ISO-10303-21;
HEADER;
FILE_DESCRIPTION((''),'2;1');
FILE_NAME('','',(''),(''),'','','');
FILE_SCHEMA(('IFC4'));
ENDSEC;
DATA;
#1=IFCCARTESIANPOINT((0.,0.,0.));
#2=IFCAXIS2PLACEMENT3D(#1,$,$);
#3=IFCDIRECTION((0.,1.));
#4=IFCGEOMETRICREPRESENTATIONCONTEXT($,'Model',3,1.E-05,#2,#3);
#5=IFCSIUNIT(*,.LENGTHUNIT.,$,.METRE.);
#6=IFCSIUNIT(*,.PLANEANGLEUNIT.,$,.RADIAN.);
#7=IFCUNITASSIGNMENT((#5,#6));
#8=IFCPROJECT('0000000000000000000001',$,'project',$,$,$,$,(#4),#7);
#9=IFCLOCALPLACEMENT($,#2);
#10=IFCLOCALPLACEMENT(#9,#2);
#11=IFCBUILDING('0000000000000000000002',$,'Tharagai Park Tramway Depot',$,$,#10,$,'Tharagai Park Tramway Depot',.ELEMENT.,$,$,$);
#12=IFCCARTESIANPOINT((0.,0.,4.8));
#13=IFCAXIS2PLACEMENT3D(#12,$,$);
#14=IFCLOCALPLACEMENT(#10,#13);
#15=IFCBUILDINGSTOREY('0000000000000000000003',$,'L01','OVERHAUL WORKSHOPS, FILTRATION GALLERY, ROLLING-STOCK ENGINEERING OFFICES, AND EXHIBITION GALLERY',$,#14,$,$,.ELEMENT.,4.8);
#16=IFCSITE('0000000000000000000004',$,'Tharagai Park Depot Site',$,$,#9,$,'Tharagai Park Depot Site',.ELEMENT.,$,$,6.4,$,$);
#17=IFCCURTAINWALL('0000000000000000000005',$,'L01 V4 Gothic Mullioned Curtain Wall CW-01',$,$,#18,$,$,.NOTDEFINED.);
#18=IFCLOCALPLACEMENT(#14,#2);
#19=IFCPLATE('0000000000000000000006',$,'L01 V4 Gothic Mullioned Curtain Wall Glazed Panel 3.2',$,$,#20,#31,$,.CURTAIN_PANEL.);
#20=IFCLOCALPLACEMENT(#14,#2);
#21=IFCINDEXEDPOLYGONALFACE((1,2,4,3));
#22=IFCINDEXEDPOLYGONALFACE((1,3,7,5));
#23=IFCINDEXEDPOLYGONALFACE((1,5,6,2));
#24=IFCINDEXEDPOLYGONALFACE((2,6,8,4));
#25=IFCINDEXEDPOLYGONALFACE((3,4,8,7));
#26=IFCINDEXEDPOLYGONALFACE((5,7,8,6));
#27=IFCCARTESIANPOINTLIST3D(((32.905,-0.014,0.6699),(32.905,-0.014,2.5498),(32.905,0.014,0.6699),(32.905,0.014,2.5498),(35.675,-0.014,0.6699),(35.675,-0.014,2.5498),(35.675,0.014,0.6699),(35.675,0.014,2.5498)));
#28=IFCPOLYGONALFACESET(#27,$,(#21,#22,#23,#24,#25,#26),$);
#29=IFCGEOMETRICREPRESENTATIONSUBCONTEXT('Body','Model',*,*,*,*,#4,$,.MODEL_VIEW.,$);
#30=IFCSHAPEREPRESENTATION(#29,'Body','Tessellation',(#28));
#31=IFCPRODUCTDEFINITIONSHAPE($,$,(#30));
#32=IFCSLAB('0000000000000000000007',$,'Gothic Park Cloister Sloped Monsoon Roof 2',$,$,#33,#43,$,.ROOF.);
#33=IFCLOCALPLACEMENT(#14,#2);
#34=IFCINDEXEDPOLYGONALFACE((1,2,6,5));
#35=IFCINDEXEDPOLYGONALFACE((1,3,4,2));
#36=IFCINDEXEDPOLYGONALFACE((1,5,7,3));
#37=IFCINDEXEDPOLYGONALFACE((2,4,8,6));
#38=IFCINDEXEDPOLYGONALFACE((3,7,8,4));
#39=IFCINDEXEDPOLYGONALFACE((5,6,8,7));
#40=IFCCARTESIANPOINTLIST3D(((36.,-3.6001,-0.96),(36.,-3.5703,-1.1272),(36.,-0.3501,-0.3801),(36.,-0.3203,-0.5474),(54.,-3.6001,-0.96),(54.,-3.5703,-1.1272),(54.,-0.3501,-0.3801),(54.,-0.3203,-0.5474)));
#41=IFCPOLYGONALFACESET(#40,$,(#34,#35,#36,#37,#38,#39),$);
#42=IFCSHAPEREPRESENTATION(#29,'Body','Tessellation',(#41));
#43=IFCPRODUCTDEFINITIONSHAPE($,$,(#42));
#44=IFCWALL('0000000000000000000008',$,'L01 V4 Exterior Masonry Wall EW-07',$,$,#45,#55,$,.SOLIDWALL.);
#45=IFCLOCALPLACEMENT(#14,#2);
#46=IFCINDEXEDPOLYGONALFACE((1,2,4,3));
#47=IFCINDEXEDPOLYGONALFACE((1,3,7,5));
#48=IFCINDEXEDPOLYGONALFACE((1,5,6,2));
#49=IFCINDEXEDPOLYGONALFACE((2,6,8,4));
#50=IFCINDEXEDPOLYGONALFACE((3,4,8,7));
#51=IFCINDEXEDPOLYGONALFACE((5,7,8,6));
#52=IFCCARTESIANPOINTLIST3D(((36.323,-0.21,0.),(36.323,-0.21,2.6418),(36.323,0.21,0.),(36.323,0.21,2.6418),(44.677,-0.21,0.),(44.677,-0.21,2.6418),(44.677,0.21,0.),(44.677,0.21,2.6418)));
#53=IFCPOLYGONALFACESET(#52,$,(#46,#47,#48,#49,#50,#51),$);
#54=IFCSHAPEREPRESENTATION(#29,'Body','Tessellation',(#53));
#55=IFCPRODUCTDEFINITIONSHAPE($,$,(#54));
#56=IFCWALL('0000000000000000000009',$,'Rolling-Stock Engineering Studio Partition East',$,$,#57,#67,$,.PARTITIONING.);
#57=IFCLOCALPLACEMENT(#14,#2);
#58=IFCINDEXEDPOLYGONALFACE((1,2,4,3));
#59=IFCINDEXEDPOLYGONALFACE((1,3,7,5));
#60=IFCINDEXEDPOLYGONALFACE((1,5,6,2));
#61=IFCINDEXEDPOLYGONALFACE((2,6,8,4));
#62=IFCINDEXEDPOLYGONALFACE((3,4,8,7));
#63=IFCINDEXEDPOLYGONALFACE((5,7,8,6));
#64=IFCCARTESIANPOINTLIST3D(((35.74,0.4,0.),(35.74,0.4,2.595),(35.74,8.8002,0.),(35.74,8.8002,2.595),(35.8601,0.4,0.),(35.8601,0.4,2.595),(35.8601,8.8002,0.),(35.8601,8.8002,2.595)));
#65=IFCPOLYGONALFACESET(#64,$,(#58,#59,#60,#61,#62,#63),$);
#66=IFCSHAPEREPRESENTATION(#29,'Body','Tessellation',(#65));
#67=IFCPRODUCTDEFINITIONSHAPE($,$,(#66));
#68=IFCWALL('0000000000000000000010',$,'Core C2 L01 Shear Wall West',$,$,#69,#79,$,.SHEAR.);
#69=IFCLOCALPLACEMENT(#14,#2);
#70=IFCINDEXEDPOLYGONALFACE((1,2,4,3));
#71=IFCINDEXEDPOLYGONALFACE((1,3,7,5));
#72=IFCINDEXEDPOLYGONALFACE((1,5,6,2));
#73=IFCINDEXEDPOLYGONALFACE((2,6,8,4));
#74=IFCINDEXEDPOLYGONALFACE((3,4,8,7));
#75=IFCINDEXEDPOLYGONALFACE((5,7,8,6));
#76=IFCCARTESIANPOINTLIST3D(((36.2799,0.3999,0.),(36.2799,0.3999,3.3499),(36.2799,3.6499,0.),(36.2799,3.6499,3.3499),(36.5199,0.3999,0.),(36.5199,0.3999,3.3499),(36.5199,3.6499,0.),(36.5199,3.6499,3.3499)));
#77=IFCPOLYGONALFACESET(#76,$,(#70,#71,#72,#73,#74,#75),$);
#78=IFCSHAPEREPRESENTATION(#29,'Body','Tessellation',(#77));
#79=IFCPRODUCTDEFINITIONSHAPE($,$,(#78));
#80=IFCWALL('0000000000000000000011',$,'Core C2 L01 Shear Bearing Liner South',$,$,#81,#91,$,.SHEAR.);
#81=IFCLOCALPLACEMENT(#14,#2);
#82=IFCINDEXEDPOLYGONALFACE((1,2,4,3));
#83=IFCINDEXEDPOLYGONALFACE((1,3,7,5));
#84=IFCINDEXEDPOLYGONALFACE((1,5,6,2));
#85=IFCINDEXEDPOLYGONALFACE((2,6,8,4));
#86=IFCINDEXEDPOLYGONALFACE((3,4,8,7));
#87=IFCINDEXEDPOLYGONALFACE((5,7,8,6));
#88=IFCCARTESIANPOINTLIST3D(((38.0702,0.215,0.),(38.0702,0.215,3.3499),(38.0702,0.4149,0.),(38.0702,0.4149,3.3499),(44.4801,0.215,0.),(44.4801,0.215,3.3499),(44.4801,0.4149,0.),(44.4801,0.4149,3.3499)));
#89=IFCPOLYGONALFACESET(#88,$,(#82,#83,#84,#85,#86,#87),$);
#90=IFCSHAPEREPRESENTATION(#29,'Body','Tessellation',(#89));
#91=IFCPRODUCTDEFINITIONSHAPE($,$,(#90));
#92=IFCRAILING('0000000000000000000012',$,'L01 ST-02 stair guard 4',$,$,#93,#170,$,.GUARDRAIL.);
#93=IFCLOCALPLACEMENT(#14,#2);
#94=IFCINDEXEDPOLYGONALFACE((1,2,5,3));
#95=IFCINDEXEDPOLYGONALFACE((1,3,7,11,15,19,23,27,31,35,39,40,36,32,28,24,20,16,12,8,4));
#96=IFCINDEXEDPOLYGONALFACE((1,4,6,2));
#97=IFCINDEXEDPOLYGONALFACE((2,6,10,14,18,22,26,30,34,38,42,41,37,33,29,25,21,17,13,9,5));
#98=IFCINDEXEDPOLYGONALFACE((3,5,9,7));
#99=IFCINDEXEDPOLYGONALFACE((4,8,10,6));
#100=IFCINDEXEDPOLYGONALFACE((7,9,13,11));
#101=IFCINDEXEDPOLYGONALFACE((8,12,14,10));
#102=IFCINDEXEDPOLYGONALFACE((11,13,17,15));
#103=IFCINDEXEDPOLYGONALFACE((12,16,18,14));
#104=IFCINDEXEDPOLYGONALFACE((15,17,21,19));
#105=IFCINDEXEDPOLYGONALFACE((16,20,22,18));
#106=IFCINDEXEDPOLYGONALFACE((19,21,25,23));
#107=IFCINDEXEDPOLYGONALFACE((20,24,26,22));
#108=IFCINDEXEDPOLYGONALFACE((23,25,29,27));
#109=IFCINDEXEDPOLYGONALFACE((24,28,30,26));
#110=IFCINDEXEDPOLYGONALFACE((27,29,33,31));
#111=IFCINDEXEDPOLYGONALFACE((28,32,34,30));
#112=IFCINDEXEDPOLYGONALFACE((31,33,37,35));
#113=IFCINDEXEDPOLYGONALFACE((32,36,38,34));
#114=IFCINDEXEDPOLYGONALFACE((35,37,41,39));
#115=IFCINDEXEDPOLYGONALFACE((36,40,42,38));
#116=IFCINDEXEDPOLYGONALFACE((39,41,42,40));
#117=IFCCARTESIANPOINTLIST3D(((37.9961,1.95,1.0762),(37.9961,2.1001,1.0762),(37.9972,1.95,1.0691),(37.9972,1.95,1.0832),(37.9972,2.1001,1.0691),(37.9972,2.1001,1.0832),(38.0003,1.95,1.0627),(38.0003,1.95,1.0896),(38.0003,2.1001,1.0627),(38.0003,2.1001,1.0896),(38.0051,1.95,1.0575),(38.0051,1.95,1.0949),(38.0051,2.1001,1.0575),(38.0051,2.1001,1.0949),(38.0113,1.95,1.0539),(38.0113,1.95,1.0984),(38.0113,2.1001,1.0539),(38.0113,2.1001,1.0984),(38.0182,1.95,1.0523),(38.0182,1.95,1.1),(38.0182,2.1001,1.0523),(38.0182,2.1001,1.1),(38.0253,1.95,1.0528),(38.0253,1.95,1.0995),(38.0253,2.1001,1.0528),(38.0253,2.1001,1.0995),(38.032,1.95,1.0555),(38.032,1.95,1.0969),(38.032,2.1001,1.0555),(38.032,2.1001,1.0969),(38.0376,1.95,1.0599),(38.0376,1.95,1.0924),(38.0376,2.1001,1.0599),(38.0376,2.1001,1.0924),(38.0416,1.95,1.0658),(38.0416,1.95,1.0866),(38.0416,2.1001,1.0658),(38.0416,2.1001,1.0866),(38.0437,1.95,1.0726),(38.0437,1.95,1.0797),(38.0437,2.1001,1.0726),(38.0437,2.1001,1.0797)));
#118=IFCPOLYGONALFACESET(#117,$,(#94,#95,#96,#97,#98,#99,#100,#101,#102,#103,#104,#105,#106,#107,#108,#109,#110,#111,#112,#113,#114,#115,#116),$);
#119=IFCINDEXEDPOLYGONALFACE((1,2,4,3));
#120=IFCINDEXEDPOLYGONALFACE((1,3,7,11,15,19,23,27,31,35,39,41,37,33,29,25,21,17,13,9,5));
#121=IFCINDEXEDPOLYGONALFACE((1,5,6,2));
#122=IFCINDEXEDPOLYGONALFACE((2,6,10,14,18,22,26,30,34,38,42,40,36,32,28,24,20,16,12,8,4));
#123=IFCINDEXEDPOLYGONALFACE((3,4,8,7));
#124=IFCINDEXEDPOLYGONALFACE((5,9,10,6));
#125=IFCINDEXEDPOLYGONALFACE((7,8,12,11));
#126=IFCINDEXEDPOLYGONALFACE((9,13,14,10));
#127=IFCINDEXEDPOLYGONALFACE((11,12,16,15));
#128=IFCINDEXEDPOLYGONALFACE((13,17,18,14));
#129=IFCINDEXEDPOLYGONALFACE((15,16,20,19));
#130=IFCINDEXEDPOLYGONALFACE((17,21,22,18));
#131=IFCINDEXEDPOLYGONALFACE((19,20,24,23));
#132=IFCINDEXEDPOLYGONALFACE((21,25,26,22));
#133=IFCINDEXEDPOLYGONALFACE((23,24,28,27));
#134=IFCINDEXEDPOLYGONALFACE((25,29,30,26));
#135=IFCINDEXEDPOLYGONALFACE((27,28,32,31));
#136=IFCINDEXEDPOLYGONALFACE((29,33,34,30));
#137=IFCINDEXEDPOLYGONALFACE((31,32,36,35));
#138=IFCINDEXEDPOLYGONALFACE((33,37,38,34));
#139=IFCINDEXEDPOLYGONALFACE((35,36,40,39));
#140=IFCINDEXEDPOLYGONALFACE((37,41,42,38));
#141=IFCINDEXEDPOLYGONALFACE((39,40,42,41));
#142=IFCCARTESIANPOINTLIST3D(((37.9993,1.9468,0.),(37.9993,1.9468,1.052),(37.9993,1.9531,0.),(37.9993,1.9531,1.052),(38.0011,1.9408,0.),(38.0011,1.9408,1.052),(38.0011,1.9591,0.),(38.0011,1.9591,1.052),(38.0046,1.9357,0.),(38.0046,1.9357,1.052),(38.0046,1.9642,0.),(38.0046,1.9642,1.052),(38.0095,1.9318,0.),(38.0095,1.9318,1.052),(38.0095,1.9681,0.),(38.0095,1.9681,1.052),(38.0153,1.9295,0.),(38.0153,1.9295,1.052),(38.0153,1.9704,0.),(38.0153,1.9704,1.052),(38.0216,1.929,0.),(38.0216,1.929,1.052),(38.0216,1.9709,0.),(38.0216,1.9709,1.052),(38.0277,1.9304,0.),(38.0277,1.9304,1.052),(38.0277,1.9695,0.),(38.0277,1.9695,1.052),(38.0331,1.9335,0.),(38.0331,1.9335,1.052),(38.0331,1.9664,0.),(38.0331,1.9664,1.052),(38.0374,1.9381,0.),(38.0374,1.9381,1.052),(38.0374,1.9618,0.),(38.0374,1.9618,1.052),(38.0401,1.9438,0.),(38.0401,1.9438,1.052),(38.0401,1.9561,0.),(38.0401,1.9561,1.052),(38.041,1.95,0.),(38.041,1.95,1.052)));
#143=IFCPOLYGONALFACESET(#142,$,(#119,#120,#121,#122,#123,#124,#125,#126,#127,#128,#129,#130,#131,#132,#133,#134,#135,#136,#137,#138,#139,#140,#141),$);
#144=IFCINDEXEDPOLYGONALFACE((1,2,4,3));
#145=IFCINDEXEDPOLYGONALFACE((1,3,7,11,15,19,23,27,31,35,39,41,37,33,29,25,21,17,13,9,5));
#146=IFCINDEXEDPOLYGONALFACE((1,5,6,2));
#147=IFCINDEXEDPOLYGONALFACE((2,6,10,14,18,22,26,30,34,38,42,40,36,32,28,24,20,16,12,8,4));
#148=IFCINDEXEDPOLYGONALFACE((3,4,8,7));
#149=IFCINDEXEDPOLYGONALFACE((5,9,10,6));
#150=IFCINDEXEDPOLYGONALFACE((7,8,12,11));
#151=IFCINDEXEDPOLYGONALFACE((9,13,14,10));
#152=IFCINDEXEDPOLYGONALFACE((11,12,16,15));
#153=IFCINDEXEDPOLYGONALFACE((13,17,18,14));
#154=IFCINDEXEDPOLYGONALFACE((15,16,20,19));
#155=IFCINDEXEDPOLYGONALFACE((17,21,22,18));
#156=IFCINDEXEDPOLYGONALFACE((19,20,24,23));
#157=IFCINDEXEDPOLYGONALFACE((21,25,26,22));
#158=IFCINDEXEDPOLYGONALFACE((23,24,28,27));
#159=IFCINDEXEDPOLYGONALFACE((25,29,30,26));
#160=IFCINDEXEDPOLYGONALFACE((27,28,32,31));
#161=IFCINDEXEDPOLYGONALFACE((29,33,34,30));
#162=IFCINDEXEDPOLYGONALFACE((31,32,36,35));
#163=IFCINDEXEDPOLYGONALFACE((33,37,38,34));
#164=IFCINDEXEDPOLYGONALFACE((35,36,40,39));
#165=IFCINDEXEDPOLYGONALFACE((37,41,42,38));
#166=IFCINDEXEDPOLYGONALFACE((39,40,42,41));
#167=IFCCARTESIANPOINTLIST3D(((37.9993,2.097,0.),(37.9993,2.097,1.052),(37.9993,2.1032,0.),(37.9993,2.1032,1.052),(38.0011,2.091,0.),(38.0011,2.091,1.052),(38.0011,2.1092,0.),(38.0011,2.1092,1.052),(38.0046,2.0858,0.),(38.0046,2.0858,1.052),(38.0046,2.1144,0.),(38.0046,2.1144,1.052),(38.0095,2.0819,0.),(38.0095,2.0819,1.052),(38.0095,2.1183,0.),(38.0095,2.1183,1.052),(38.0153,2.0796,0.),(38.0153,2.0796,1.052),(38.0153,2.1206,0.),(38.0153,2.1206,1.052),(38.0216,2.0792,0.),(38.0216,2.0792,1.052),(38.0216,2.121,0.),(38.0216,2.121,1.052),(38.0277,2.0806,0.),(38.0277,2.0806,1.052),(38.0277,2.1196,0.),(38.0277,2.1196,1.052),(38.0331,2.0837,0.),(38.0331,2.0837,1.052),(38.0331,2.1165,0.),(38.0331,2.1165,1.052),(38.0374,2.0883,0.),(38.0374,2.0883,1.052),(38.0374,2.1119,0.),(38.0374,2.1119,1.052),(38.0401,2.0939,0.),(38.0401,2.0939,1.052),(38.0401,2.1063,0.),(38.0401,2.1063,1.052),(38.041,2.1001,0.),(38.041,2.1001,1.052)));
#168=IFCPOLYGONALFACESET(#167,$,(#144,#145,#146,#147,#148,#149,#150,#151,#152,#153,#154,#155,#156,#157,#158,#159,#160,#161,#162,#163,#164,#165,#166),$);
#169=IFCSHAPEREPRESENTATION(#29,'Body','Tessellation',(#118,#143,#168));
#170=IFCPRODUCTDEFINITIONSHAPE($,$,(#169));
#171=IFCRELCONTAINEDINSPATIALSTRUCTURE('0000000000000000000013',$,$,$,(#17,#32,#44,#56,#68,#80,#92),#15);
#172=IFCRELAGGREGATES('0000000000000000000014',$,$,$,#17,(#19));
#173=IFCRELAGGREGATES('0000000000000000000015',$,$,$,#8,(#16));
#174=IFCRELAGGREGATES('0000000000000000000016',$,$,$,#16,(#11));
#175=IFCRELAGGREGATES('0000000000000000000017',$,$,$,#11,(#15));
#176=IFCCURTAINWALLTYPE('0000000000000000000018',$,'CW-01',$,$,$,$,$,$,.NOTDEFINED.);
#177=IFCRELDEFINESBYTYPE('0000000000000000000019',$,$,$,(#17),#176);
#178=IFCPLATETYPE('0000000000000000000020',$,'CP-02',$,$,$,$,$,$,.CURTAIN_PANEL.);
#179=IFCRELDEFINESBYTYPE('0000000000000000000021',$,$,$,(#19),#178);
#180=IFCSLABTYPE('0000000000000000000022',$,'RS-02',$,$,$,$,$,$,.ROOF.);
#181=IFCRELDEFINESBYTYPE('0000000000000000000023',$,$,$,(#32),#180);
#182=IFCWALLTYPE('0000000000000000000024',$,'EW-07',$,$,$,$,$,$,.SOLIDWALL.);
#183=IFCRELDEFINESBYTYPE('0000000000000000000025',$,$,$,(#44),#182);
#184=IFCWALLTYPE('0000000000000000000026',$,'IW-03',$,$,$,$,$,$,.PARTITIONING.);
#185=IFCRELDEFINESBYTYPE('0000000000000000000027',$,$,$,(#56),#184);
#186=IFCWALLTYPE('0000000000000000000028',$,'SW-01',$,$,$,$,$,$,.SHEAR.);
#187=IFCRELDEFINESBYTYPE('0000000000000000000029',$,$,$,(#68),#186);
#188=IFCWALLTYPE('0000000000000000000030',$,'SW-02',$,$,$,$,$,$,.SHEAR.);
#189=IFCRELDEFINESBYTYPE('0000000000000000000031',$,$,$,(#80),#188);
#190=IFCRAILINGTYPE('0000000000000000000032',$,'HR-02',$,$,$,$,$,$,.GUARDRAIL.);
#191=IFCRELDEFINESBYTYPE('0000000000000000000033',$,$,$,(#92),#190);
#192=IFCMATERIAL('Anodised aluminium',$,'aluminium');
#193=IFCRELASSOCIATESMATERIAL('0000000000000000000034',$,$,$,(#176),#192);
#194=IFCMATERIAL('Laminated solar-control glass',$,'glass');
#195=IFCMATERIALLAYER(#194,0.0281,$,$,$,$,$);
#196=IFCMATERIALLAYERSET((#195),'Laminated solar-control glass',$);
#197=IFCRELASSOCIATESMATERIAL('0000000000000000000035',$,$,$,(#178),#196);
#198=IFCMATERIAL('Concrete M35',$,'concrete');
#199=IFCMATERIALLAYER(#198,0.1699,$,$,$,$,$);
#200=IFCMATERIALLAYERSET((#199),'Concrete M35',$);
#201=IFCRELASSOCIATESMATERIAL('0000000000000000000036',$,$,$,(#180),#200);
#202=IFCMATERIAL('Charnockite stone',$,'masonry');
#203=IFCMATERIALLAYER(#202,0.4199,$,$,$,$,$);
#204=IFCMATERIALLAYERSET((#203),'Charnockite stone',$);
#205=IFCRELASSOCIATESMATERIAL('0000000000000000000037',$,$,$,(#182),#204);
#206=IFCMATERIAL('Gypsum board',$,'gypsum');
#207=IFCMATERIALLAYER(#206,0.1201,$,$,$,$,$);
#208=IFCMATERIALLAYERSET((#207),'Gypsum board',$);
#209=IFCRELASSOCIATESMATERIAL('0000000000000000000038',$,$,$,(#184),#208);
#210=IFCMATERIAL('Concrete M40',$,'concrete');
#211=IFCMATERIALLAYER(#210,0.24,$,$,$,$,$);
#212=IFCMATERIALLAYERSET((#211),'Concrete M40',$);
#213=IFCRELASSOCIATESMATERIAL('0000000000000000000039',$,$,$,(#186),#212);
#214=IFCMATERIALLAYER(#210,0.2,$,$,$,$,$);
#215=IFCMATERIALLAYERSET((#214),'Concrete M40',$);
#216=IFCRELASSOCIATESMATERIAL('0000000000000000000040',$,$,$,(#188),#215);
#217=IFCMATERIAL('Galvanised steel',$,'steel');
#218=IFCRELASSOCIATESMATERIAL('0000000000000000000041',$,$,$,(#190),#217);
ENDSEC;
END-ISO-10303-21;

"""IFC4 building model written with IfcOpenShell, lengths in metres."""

from ifc_helpers import new_model, si_unit, direction, frame, frame_2d, origin, origin_2d, place, context, subcontext, project, spatial, polyline, rectangle, circle, outline, extrude, material, layer, layer_set, type_object, element, aggregate, save


model = new_model("IFC4")

# Units and contexts
model_context = context("Model", 3, precision=1e-05, world=origin(), true_north=direction((0.0, 1.0)))
body_context = subcontext(model_context, "Body", "Model", "MODEL_VIEW")
ifc_project = project(units=[si_unit("LENGTHUNIT", "METRE"), si_unit("PLANEANGLEUNIT", "RADIAN")], contexts=[model_context])

# Site, building, storey
site_placement = place(None, origin())
site = spatial("IfcSite", under=ifc_project, at=site_placement, Name="Tharagai Park Depot Site", LongName="Tharagai Park Depot Site", CompositionType="ELEMENT", RefElevation=6.4)
building_placement = place(site_placement, origin())
building = spatial("IfcBuilding", under=site, at=building_placement, Name="Tharagai Park Tramway Depot", LongName="Tharagai Park Tramway Depot", CompositionType="ELEMENT")
storey_placement = place(building_placement, frame((0.0, 0.0, 4.8)))
storey = spatial("IfcBuildingStorey", under=building, at=storey_placement, Name="L01", Description="OVERHAUL WORKSHOPS, FILTRATION GALLERY, ROLLING-STOCK ENGINEERING OFFICES, AND EXHIBITION GALLERY", CompositionType="ELEMENT", Elevation=4.8)

# Shared definitions
ifc_material_1 = material(Name="Concrete M40", Category="concrete")

# Shared definitions
ifc_material_2 = material(Name="Concrete M35", Category="concrete")

# Curtain wall
ifc_material_3 = material(Name="Anodised aluminium", Category="aluminium")
curtain_wall_type = type_object("IfcCurtainWallType", Name="CW-01", PredefinedType="NOTDEFINED", material=ifc_material_3)
curtain_wall_placement = place(storey_placement, origin())
curtain_wall = element("IfcCurtainWall", 1, at=curtain_wall_placement, inside=storey, type_object=curtain_wall_type, Name="L01 V4 Gothic Mullioned Curtain Wall CW-01", PredefinedType="NOTDEFINED")

# Plate
ifc_material_4 = material(Name="Laminated solar-control glass", Category="glass")
ifc_layer_1 = layer(ifc_material_4, 0.0281)
ifc_layer_set_1 = layer_set([ifc_layer_1], Name="Laminated solar-control glass")
plate_type_1 = type_object("IfcPlateType", Name="CP-02", PredefinedType="CURTAIN_PANEL", material=ifc_layer_set_1)
plate_1_placement = place(storey_placement, frame((34.29, 0.0, 0.6699), z_axis=(0.0, 0.0, 1.0), x_axis=(1.0, 0.0, 0.0)))
plate_1 = element("IfcPlate", 2, at=plate_1_placement, type_object=plate_type_1, Name="L01 V4 Gothic Mullioned Curtain Wall Glazed Panel 3.2", PredefinedType="CURTAIN_PANEL", context=body_context, shape_type="SweptSolid", body=[
    extrude(rectangle(XDim=2.77, YDim=0.0281, at=origin_2d()), origin(), (0.0, 0.0, 1.0), 1.8799),
])
aggregate(curtain_wall, [plate_1])

# Slab
ifc_layer_2 = layer(ifc_material_2, 0.1699)
ifc_layer_set_2 = layer_set([ifc_layer_2], Name="Concrete M35")
slab_type = type_object("IfcSlabType", Name="RS-02", PredefinedType="ROOF", material=ifc_layer_set_2)
slab_placement = place(storey_placement, frame((36.0, -3.6001, -0.96), z_axis=(0.0, -0.175637, 0.984455), x_axis=(1.0, 0.0, 0.0)))
element("IfcSlab", 3, at=slab_placement, inside=storey, type_object=slab_type, Name="Gothic Park Cloister Sloped Monsoon Roof 2", PredefinedType="ROOF", context=body_context, shape_type="SweptSolid", body=[
    extrude(outline(polyline([(0.0, 0.0), (18.0, 0.0), (18.0, 3.3013), (0.0, 3.3013), (0.0, 0.0)])), origin(), (0.0, 0.0, -1.0), 0.1699),
])

# Walls
ifc_material_5 = material(Name="Charnockite stone", Category="masonry")
ifc_layer_3 = layer(ifc_material_5, 0.4199)
ifc_layer_set_3 = layer_set([ifc_layer_3], Name="Charnockite stone")
wall_type_1 = type_object("IfcWallType", Name="EW-07", PredefinedType="SOLIDWALL", material=ifc_layer_set_3)
wall_1_placement = place(storey_placement, frame((36.323, 0.0, 0.0), z_axis=(0.0, 0.0, 1.0), x_axis=(1.0, 0.0, 0.0)))
element("IfcWall", 4, at=wall_1_placement, inside=storey, type_object=wall_type_1, Name="L01 V4 Exterior Masonry Wall EW-07", PredefinedType="SOLIDWALL", context=body_context, shape_type="SweptSolid", body=[
    extrude(rectangle(XDim=8.354, YDim=0.4199, at=frame_2d((4.177, 0.0))), origin(), (0.0, 0.0, 1.0), 2.6418),
])
ifc_material_6 = material(Name="Gypsum board", Category="gypsum")
ifc_layer_4 = layer(ifc_material_6, 0.1201)
ifc_layer_set_4 = layer_set([ifc_layer_4], Name="Gypsum board")
wall_type_2 = type_object("IfcWallType", Name="IW-03", PredefinedType="PARTITIONING", material=ifc_layer_set_4)
wall_2_placement = place(storey_placement, frame((35.8, 0.3999, 0.0), z_axis=(0.0, 0.0, 1.0), x_axis=(0.0, 1.0, 0.0)))
element("IfcWall", 5, at=wall_2_placement, inside=storey, type_object=wall_type_2, Name="Rolling-Stock Engineering Studio Partition East", PredefinedType="PARTITIONING", context=body_context, shape_type="SweptSolid", body=[
    extrude(rectangle(XDim=8.4001, YDim=0.1201, at=frame_2d((4.2002, 0.0))), origin(), (0.0, 0.0, 1.0), 2.595),
])
ifc_layer_5 = layer(ifc_material_1, 0.24)
ifc_layer_set_5 = layer_set([ifc_layer_5], Name="Concrete M40")
wall_type_3 = type_object("IfcWallType", Name="SW-01", PredefinedType="SHEAR", material=ifc_layer_set_5)
wall_3_placement = place(storey_placement, frame((36.3999, 0.3999, 0.0), z_axis=(0.0, 0.0, 1.0), x_axis=(0.0, 1.0, 0.0)))
element("IfcWall", 6, at=wall_3_placement, inside=storey, type_object=wall_type_3, Name="Core C2 L01 Shear Wall West", PredefinedType="SHEAR", context=body_context, shape_type="SweptSolid", body=[
    extrude(rectangle(XDim=3.25, YDim=0.24, at=frame_2d((1.625, 0.0))), origin(), (0.0, 0.0, 1.0), 3.3499),
])
ifc_layer_6 = layer(ifc_material_1, 0.2)
ifc_layer_set_6 = layer_set([ifc_layer_6], Name="Concrete M40")
wall_type_4 = type_object("IfcWallType", Name="SW-02", PredefinedType="SHEAR", material=ifc_layer_set_6)
wall_4_placement = place(storey_placement, frame((38.0701, 0.3149, 0.0), z_axis=(0.0, 0.0, 1.0), x_axis=(1.0, 0.0, 0.0)))
element("IfcWall", 7, at=wall_4_placement, inside=storey, type_object=wall_type_4, Name="Core C2 L01 Shear Bearing Liner South", PredefinedType="SHEAR", context=body_context, shape_type="SweptSolid", body=[
    extrude(rectangle(XDim=6.4099, YDim=0.2, at=frame_2d((3.2051, 0.0))), origin(), (0.0, 0.0, 1.0), 3.3499),
])

# Railing
ifc_material_7 = material(Name="Galvanised steel", Category="steel")
railing_type = type_object("IfcRailingType", Name="HR-02", PredefinedType="GUARDRAIL", material=ifc_material_7)
railing_placement = place(storey_placement, frame((38.02, 1.95, 0.0)))
element("IfcRailing", 8, at=railing_placement, inside=storey, type_object=railing_type, Name="L01 ST-02 stair guard 4", PredefinedType="GUARDRAIL", context=body_context, shape_type="SweptSolid", body=[
    extrude(circle(Radius=0.0239, at=origin_2d()), frame((0.0, 0.0, 1.0762), z_axis=(0.0, 1.0, 0.0), x_axis=(-1.0, 0.0, 0.0)), (0.0, 0.0, 1.0), 0.1501),
    extrude(circle(Radius=0.021, at=origin_2d()), origin(), (0.0, 0.0, 1.0), 1.052),
    extrude(circle(Radius=0.021, at=origin_2d()), frame((0.0, 0.1501, 0.0)), (0.0, 0.0, 1.0), 1.052),
])

save(model, "model.ifc")
